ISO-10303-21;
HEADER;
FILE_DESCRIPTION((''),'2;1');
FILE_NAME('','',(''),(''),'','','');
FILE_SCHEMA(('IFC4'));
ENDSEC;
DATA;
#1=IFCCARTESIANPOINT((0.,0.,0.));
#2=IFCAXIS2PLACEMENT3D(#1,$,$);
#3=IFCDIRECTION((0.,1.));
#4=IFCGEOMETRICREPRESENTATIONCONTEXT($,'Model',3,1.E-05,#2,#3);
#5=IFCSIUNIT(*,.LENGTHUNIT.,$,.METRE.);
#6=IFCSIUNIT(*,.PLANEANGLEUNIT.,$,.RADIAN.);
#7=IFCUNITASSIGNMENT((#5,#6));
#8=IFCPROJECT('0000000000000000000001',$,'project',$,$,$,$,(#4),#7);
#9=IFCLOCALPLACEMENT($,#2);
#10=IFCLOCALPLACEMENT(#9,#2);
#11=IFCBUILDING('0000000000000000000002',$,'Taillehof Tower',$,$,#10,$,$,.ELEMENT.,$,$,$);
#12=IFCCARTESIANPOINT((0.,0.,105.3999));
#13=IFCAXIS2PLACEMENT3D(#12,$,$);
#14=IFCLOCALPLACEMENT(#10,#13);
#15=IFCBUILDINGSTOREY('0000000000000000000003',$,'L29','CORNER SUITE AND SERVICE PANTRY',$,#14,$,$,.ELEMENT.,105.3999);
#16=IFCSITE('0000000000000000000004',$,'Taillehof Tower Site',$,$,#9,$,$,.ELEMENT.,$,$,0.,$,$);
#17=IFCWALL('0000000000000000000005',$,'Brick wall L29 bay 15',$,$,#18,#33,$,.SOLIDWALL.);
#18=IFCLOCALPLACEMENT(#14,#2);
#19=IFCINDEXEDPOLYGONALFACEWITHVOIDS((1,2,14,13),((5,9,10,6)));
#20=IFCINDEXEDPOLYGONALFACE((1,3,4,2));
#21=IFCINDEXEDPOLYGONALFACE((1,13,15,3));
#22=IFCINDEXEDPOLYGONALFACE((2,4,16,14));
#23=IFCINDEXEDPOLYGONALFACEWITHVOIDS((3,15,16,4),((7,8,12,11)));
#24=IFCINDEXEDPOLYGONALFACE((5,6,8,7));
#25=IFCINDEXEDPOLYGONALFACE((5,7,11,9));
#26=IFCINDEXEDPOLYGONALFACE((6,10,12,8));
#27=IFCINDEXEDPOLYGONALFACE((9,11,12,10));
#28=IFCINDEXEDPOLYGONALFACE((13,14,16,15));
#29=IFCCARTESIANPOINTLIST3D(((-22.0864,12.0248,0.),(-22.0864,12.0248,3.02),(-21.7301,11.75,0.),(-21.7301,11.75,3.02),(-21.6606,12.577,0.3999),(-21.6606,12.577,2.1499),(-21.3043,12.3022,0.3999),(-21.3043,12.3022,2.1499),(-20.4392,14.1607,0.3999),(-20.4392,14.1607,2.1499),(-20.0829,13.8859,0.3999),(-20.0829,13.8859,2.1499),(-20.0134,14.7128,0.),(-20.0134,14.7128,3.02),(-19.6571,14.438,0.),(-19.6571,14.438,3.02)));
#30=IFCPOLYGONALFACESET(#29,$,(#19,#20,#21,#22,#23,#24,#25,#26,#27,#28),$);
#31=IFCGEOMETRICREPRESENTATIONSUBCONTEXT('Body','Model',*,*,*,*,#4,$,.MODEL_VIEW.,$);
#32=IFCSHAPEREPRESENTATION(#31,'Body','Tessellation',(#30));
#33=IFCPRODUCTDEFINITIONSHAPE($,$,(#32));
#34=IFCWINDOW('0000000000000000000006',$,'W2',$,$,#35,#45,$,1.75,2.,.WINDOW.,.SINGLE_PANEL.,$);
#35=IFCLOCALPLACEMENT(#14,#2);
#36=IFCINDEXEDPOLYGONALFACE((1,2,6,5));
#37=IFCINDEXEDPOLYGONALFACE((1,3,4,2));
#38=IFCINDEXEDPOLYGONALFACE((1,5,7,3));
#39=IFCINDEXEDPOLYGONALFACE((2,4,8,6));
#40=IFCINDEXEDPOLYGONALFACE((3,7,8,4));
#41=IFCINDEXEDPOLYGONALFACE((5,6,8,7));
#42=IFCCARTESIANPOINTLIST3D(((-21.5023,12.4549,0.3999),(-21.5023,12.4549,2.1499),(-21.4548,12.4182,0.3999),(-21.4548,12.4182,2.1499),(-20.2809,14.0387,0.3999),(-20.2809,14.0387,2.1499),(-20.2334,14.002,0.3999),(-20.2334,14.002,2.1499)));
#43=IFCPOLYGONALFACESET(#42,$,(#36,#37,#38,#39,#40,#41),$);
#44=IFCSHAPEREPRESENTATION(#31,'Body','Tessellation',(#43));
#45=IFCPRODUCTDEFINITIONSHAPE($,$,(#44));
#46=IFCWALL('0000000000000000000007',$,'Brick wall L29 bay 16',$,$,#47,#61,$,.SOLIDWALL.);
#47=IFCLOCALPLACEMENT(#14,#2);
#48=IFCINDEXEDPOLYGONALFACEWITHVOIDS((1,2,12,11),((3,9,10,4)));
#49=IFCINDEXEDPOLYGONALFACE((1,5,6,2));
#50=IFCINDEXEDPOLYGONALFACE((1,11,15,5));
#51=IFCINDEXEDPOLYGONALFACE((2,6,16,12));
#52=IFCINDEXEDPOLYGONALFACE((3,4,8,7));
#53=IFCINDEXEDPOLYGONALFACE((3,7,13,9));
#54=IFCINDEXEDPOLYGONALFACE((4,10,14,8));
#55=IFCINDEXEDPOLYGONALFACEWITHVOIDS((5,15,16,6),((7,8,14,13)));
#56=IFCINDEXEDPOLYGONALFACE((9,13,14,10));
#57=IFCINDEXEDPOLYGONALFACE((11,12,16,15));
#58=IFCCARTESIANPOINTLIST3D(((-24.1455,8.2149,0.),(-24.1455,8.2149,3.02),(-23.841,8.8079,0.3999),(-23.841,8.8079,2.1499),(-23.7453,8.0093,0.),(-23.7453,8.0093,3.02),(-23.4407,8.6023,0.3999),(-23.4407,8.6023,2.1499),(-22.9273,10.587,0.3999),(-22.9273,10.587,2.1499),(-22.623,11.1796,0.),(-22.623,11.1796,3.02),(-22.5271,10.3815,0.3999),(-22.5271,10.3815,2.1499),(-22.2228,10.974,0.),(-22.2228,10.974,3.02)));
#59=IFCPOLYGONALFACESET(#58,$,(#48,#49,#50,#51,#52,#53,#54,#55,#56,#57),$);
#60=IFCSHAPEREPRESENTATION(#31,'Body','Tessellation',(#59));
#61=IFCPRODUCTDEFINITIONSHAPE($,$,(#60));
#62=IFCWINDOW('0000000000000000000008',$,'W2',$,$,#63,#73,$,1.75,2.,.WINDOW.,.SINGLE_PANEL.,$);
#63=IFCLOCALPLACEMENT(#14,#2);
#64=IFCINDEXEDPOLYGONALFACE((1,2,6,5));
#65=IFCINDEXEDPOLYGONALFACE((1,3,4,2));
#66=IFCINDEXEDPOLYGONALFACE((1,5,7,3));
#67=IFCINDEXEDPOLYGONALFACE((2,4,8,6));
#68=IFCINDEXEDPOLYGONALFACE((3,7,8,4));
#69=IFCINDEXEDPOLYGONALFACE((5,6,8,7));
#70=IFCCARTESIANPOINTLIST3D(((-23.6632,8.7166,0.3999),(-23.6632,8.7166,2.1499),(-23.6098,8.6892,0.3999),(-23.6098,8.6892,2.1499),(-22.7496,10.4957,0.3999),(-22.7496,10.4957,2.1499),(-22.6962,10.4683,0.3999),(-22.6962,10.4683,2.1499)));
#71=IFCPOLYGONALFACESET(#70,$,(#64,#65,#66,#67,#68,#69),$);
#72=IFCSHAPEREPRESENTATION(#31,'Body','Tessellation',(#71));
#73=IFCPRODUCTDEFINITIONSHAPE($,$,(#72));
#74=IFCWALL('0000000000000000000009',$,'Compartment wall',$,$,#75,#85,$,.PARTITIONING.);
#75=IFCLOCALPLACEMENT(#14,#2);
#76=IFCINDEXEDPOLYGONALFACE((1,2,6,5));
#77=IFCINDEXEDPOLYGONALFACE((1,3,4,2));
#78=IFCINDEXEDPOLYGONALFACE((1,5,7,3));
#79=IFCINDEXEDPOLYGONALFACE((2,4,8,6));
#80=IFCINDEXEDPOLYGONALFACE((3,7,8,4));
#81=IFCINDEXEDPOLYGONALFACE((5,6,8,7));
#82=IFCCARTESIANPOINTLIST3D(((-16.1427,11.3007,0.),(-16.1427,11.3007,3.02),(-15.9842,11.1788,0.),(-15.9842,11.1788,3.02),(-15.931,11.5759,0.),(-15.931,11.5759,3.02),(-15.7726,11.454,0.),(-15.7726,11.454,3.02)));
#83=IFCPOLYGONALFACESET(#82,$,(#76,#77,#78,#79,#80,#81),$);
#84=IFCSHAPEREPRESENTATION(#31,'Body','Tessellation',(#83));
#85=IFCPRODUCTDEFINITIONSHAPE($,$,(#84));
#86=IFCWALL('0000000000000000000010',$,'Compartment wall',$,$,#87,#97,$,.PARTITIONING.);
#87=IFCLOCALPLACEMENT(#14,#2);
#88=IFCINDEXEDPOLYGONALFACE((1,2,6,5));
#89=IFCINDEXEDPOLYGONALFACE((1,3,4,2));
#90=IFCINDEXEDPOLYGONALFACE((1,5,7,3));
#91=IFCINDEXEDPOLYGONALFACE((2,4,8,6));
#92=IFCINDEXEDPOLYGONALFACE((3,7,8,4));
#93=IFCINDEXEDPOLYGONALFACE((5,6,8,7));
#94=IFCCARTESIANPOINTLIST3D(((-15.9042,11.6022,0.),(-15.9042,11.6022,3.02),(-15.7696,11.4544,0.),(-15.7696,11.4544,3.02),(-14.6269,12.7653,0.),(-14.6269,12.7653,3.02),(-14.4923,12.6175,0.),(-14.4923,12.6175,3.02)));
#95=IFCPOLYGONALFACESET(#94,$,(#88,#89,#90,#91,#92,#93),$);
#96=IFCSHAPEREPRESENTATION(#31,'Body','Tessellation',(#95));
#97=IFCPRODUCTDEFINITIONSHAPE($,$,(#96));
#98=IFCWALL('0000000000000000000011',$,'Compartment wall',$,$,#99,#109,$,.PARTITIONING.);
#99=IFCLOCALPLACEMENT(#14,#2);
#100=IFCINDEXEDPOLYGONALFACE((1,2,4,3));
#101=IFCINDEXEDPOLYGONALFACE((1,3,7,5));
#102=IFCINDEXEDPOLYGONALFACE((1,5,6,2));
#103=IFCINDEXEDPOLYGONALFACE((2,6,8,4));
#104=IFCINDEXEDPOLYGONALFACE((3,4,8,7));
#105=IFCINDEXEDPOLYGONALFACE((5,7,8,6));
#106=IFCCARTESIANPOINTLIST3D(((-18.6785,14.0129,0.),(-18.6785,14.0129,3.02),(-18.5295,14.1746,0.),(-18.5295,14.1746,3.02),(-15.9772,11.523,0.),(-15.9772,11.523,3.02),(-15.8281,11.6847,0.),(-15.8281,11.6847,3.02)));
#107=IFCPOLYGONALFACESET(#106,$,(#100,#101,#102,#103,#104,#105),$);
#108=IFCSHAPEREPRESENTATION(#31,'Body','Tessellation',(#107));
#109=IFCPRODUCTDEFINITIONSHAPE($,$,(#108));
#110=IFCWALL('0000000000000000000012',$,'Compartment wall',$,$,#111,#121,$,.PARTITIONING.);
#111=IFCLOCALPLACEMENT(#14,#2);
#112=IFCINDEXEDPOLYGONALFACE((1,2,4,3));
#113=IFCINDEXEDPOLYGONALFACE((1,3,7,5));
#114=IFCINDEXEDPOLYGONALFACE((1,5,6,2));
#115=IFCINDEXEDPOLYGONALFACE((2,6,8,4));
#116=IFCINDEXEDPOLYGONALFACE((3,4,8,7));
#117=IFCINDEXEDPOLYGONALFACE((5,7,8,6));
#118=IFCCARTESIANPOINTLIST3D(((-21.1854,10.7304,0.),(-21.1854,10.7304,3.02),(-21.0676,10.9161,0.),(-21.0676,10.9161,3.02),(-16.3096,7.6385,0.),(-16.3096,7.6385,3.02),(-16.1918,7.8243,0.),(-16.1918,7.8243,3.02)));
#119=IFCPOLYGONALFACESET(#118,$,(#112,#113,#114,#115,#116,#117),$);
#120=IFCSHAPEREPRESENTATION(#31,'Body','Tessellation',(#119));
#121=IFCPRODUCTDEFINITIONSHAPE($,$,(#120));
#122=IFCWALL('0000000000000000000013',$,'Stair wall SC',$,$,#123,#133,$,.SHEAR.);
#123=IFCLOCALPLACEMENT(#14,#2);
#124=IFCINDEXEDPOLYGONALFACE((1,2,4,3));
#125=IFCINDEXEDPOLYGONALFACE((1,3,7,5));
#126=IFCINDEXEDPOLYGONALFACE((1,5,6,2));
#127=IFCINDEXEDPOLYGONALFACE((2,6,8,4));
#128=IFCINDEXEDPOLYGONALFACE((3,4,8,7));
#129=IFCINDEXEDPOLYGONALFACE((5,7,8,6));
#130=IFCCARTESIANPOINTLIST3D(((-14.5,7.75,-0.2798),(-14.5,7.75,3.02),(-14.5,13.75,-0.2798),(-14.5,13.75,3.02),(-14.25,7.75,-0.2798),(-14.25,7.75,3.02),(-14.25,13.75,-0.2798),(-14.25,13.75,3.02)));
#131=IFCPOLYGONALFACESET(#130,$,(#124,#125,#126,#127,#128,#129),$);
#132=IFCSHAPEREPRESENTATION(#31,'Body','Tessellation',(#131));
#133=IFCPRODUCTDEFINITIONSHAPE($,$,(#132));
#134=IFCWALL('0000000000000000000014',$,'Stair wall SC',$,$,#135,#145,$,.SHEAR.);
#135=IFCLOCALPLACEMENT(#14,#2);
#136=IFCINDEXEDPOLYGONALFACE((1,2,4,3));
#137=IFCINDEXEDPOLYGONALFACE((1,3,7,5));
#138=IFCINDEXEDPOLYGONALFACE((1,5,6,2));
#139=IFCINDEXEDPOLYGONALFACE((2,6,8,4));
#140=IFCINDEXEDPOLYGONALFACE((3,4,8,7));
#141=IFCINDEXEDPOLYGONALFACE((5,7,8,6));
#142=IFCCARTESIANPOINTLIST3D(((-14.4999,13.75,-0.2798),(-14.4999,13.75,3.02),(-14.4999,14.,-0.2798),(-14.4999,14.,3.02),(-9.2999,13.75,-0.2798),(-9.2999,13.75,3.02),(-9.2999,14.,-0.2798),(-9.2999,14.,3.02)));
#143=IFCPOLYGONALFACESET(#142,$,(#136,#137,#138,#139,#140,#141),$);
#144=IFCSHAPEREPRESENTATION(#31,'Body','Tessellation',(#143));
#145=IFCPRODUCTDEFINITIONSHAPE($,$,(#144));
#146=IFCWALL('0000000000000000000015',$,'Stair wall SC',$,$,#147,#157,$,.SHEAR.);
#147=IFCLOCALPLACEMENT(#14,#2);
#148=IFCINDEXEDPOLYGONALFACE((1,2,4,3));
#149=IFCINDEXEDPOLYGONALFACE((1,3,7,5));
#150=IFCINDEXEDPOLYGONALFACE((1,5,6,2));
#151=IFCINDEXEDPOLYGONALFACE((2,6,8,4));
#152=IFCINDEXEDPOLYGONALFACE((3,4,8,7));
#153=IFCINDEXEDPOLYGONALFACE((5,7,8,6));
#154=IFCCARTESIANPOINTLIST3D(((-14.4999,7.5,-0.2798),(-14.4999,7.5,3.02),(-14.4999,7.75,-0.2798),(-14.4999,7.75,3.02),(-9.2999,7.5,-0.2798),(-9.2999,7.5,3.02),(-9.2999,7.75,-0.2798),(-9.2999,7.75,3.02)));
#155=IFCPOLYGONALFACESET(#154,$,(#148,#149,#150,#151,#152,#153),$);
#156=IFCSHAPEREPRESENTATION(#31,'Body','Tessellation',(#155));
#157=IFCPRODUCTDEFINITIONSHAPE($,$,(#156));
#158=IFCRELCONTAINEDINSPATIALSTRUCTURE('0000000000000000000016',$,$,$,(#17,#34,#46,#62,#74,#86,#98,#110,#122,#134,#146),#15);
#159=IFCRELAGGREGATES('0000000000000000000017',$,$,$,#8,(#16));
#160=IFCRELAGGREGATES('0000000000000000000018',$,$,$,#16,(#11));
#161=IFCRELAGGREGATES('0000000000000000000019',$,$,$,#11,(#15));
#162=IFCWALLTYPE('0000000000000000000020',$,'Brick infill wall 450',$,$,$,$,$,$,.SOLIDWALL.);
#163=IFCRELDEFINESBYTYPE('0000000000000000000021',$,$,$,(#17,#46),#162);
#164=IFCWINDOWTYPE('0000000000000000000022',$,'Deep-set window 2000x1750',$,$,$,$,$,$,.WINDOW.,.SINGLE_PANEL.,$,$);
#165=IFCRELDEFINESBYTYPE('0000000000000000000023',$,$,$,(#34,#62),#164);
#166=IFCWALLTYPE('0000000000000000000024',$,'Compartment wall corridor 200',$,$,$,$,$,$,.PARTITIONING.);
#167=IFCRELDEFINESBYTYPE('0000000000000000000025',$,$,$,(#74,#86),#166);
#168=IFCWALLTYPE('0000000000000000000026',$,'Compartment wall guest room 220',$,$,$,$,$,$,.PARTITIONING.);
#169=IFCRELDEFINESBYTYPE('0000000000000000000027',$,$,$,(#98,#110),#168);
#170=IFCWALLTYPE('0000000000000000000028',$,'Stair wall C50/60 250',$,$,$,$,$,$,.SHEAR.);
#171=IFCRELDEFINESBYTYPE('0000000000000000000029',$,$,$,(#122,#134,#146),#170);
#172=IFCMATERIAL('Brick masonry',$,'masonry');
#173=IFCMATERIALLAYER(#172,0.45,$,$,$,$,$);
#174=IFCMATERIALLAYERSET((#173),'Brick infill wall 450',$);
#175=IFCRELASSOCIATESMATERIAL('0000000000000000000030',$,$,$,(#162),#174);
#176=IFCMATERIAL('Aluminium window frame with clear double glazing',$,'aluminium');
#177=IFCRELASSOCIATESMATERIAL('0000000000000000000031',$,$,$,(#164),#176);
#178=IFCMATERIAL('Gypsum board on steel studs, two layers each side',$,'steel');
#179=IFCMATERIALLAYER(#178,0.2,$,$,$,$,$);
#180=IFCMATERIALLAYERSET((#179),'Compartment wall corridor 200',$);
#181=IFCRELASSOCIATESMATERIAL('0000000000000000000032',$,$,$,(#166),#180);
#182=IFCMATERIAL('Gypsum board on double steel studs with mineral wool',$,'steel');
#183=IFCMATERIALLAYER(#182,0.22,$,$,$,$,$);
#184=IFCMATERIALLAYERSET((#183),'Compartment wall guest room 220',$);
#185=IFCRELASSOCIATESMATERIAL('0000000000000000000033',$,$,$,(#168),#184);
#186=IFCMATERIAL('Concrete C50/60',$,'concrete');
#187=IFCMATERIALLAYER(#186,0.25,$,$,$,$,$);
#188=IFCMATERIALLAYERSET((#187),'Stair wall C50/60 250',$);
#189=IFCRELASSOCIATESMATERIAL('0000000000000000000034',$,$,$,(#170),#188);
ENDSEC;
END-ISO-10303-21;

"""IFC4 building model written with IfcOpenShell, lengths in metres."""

from ifc_helpers import new_model, si_unit, direction, frame, frame_2d, origin, place, context, subcontext, project, spatial, rectangle, extrude, material, layer, layer_set, type_object, element, fill, save


model = new_model("IFC4")

# Units and contexts
model_context = context("Model", 3, precision=1e-05, world=origin(), true_north=direction((0.0, 1.0)))
body_context = subcontext(model_context, "Body", "Model", "MODEL_VIEW")
ifc_project = project(units=[si_unit("LENGTHUNIT", "METRE"), si_unit("PLANEANGLEUNIT", "RADIAN")], contexts=[model_context])

# Site, building, storey
site_placement = place(None, origin())
site = spatial("IfcSite", under=ifc_project, at=site_placement, Name="Taillehof Tower Site", CompositionType="ELEMENT", RefElevation=0.0)
building_placement = place(site_placement, origin())
building = spatial("IfcBuilding", under=site, at=building_placement, Name="Taillehof Tower", CompositionType="ELEMENT")
storey_placement = place(building_placement, frame((0.0, 0.0, 105.3999)))
storey = spatial("IfcBuildingStorey", under=building, at=storey_placement, Name="L29", Description="CORNER SUITE AND SERVICE PANTRY", CompositionType="ELEMENT", Elevation=105.3999)

# Walls, openings, windows
ifc_material_1 = material(Name="Brick masonry", Category="masonry")
ifc_layer_1 = layer(ifc_material_1, 0.45)
ifc_layer_set_1 = layer_set([ifc_layer_1], Name="Brick infill wall 450")
wall_type_1 = type_object("IfcWallType", Name="Brick infill wall 450", PredefinedType="SOLIDWALL", material=ifc_layer_set_1)
ifc_material_2 = material(Name="Aluminium window frame with clear double glazing", Category="aluminium")
window_type = type_object("IfcWindowType", Name="Deep-set window 2000x1750", PartitioningType="SINGLE_PANEL", PredefinedType="WINDOW", material=ifc_material_2)
wall_1_placement = place(storey_placement, frame((-19.8352, 14.5754, 0.0), z_axis=(0.0, 0.0, 1.0), x_axis=(-0.610694, -0.791867, 0.0)))
wall_1 = element("IfcWall", 1, at=wall_1_placement, inside=storey, type_object=wall_type_1, Name="Brick wall L29 bay 15", PredefinedType="SOLIDWALL", context=body_context, shape_type="SweptSolid", body=[
    extrude(rectangle(XDim=3.3945, YDim=0.45, at=frame_2d((1.6973, 0.0))), origin(), (0.0, 0.0, 1.0), 3.02),
])
opening_1_placement = place(wall_1_placement, frame((0.6973, 0.0, 0.3999)))
opening_1 = element("IfcOpeningElement", 2, at=opening_1_placement, cuts=wall_1, PredefinedType="OPENING", context=body_context, shape_type="SweptSolid", body=[
    extrude(rectangle(XDim=2.0, YDim=1.75, at=frame_2d((1.0, 0.875))), frame((0.0, 0.2349, 0.0), z_axis=(0.0, -1.0, 0.0), x_axis=(1.0, 0.0, 0.0)), (0.0, 0.0, 1.0), 0.47),
])
window_1_placement = place(opening_1_placement, origin())
window_1 = element("IfcWindow", 3, at=window_1_placement, inside=storey, type_object=window_type, Name="W2", OverallHeight=1.75, OverallWidth=2.0, PartitioningType="SINGLE_PANEL", PredefinedType="WINDOW", context=body_context, shape_type="SweptSolid", body=[
    extrude(rectangle(XDim=2.0, YDim=1.75, at=frame_2d((1.0, 0.875))), frame((0.0, 0.0349, 0.0), z_axis=(0.0, -1.0, 0.0), x_axis=(1.0, 0.0, 0.0)), (0.0, 0.0, 1.0), 0.0601),
])
fill(opening_1, window_1)
wall_2_placement = place(storey_placement, frame((-22.4229, 11.0769, 0.0), z_axis=(0.0, 0.0, 1.0), x_axis=(-0.456828, -0.889555, 0.0)))
wall_2 = element("IfcWall", 4, at=wall_2_placement, inside=storey, type_object=wall_type_1, Name="Brick wall L29 bay 16", PredefinedType="SOLIDWALL", context=body_context, shape_type="SweptSolid", body=[
    extrude(rectangle(XDim=3.3328, YDim=0.45, at=frame_2d((1.6665, 0.0))), origin(), (0.0, 0.0, 1.0), 3.02),
])
opening_2_placement = place(wall_2_placement, frame((0.6663, 0.0, 0.3999)))
opening_2 = element("IfcOpeningElement", 5, at=opening_2_placement, cuts=wall_2, PredefinedType="OPENING", context=body_context, shape_type="SweptSolid", body=[
    extrude(rectangle(XDim=2.0, YDim=1.75, at=frame_2d((1.0, 0.875))), frame((0.0, 0.2349, 0.0), z_axis=(0.0, -1.0, 0.0), x_axis=(1.0, 0.0, 0.0)), (0.0, 0.0, 1.0), 0.47),
])
window_2_placement = place(opening_2_placement, origin())
window_2 = element("IfcWindow", 6, at=window_2_placement, inside=storey, type_object=window_type, Name="W2", OverallHeight=1.75, OverallWidth=2.0, PartitioningType="SINGLE_PANEL", PredefinedType="WINDOW", context=body_context, shape_type="SweptSolid", body=[
    extrude(rectangle(XDim=2.0, YDim=1.75, at=frame_2d((1.0, 0.875))), frame((0.0, 0.0349, 0.0), z_axis=(0.0, -1.0, 0.0), x_axis=(1.0, 0.0, 0.0)), (0.0, 0.0, 1.0), 0.0601),
])
fill(opening_2, window_2)

# Walls
ifc_material_3 = material(Name="Gypsum board on steel studs, two layers each side", Category="steel")
ifc_layer_2 = layer(ifc_material_3, 0.2)
ifc_layer_set_2 = layer_set([ifc_layer_2], Name="Compartment wall corridor 200")
wall_type_2 = type_object("IfcWallType", Name="Compartment wall corridor 200", PredefinedType="PARTITIONING", material=ifc_layer_set_2)
wall_3_placement = place(storey_placement, frame((-16.0635, 11.2397, 0.0), z_axis=(0.0, 0.0, 1.0), x_axis=(0.609745, 0.792598, 0.0)))
element("IfcWall", 7, at=wall_3_placement, inside=storey, type_object=wall_type_2, Name="Compartment wall", PredefinedType="PARTITIONING", context=body_context, shape_type="SweptSolid", body=[
    extrude(rectangle(XDim=0.3472, YDim=0.2, at=frame_2d((0.1736, 0.0))), origin(), (0.0, 0.0, 1.0), 3.02),
])
wall_4_placement = place(storey_placement, frame((-15.8369, 11.5283, 0.0), z_axis=(0.0, 0.0, 1.0), x_axis=(0.739403, 0.673263, 0.0)))
element("IfcWall", 8, at=wall_4_placement, inside=storey, type_object=wall_type_2, Name="Compartment wall", PredefinedType="PARTITIONING", context=body_context, shape_type="SweptSolid", body=[
    extrude(rectangle(XDim=1.7275, YDim=0.2, at=frame_2d((0.8638, 0.0))), origin(), (0.0, 0.0, 1.0), 3.02),
])
ifc_material_4 = material(Name="Gypsum board on double steel studs with mineral wool", Category="steel")
ifc_layer_3 = layer(ifc_material_4, 0.22)
ifc_layer_set_3 = layer_set([ifc_layer_3], Name="Compartment wall guest room 220")
wall_type_3 = type_object("IfcWallType", Name="Compartment wall guest room 220", PredefinedType="PARTITIONING", material=ifc_layer_set_3)
wall_5_placement = place(storey_placement, frame((-18.604, 14.0938, 0.0), z_axis=(0.0, 0.0, 1.0), x_axis=(0.735295, -0.677747, 0.0)))
element("IfcWall", 9, at=wall_5_placement, inside=storey, type_object=wall_type_3, Name="Compartment wall", PredefinedType="PARTITIONING", context=body_context, shape_type="SweptSolid", body=[
    extrude(rectangle(XDim=3.6738, YDim=0.22, at=frame_2d((1.8369, 0.0))), origin(), (0.0, 0.0, 1.0), 3.02),
])
wall_6_placement = place(storey_placement, frame((-21.1265, 10.8232, 0.0), z_axis=(0.0, 0.0, 1.0), x_axis=(0.844519, -0.535526, 0.0)))
element("IfcWall", 10, at=wall_6_placement, inside=storey, type_object=wall_type_3, Name="Compartment wall", PredefinedType="PARTITIONING", context=body_context, shape_type="SweptSolid", body=[
    extrude(rectangle(XDim=5.7734, YDim=0.22, at=frame_2d((2.8867, 0.0))), origin(), (0.0, 0.0, 1.0), 3.02),
])
ifc_material_5 = material(Name="Concrete C50/60", Category="concrete")
ifc_layer_4 = layer(ifc_material_5, 0.25)
ifc_layer_set_4 = layer_set([ifc_layer_4], Name="Stair wall C50/60 250")
wall_type_4 = type_object("IfcWallType", Name="Stair wall C50/60 250", PredefinedType="SHEAR", material=ifc_layer_set_4)
wall_7_placement = place(storey_placement, frame((-14.375, 7.75, -0.2798), z_axis=(0.0, 0.0, 1.0), x_axis=(0.0, 1.0, 0.0)))
element("IfcWall", 11, at=wall_7_placement, inside=storey, type_object=wall_type_4, Name="Stair wall SC", PredefinedType="SHEAR", context=body_context, shape_type="SweptSolid", body=[
    extrude(rectangle(XDim=6.0, YDim=0.25, at=frame_2d((3.0, 0.0))), origin(), (0.0, 0.0, 1.0), 3.2998),
])
for number, where, z_axis, x_axis, name in (
    (12, (-14.5, 13.875, -0.2798), (0.0, 0.0, 1.0), (1.0, 0.0, 0.0), "Stair wall SC"),
    (13, (-14.5, 7.625, -0.2798), (0.0, 0.0, 1.0), (1.0, 0.0, 0.0), "Stair wall SC"),
):
    element("IfcWall", number, at=place(storey_placement, frame(where, z_axis=z_axis, x_axis=x_axis)), inside=storey, type_object=wall_type_4, Name=name, PredefinedType="SHEAR", context=body_context, shape_type="SweptSolid", body=[
        extrude(rectangle(XDim=5.2, YDim=0.25, at=frame_2d((2.6001, 0.0))), origin(), (0.0, 0.0, 1.0), 3.2998),
    ])

save(model, "model.ifc")
